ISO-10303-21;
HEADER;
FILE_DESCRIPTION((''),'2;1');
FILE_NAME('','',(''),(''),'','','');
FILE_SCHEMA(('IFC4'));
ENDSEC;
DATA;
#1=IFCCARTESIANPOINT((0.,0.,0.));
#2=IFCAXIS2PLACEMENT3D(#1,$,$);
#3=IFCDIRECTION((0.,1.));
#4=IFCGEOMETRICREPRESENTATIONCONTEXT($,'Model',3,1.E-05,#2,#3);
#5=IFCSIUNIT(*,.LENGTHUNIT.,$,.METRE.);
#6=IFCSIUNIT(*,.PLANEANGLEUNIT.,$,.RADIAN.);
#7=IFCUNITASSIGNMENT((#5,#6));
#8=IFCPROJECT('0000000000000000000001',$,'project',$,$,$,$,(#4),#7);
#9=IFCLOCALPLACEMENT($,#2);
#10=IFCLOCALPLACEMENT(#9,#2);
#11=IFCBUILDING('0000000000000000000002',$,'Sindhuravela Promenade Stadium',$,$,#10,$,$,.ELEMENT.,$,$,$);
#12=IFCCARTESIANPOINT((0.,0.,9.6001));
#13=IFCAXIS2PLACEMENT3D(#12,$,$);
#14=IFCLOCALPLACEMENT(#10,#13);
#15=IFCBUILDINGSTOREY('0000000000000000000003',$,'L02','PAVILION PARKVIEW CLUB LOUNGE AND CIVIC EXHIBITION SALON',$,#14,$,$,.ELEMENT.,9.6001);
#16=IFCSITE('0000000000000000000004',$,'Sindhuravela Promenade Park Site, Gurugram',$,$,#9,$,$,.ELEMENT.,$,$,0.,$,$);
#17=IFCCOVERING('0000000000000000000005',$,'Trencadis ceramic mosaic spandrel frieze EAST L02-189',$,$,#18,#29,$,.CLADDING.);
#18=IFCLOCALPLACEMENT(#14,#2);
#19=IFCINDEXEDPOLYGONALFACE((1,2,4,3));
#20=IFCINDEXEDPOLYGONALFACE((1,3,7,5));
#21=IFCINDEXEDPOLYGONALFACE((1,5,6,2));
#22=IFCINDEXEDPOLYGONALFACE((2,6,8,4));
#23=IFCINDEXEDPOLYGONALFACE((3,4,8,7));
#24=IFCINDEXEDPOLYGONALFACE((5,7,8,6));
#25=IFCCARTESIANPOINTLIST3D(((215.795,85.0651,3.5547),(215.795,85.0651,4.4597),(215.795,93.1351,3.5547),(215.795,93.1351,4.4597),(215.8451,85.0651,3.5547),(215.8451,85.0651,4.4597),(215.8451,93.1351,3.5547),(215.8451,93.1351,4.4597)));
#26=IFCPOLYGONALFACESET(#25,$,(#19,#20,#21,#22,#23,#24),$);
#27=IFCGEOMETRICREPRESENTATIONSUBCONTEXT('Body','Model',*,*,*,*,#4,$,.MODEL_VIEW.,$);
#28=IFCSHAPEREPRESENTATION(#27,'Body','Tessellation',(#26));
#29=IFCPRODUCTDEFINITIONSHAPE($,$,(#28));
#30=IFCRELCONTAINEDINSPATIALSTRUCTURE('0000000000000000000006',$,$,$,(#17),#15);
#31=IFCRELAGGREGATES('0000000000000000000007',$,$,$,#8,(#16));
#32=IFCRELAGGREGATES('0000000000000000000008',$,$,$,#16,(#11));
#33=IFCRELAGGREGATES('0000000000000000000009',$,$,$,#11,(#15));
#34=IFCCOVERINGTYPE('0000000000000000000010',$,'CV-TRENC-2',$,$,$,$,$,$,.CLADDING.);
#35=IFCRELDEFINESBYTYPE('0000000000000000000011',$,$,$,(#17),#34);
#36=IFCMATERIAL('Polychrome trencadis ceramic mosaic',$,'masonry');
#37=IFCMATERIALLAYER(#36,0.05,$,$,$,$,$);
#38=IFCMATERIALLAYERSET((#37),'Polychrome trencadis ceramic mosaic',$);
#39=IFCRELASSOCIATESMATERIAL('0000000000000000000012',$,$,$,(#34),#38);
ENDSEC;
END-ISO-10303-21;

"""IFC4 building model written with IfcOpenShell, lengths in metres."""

from ifc_helpers import new_model, si_unit, direction, frame, origin, origin_2d, place, context, subcontext, project, spatial, rectangle, extrude, material, layer, layer_set, type_object, element, save


model = new_model("IFC4")

# Units and contexts
model_context = context("Model", 3, precision=1e-05, world=origin(), true_north=direction((0.0, 1.0)))
body_context = subcontext(model_context, "Body", "Model", "MODEL_VIEW")
ifc_project = project(units=[si_unit("LENGTHUNIT", "METRE"), si_unit("PLANEANGLEUNIT", "RADIAN")], contexts=[model_context])

# Site, building, storey
site_placement = place(None, origin())
site = spatial("IfcSite", under=ifc_project, at=site_placement, Name="Sindhuravela Promenade Park Site, Gurugram", CompositionType="ELEMENT", RefElevation=0.0)
building_placement = place(site_placement, origin())
building = spatial("IfcBuilding", under=site, at=building_placement, Name="Sindhuravela Promenade Stadium", CompositionType="ELEMENT")
storey_placement = place(building_placement, frame((0.0, 0.0, 9.6001)))
storey = spatial("IfcBuildingStorey", under=building, at=storey_placement, Name="L02", Description="PAVILION PARKVIEW CLUB LOUNGE AND CIVIC EXHIBITION SALON", CompositionType="ELEMENT", Elevation=9.6001)

# Covering
ifc_material_1 = material(Name="Polychrome trencadis ceramic mosaic", Category="masonry")
ifc_layer_1 = layer(ifc_material_1, 0.05)
ifc_layer_set_1 = layer_set([ifc_layer_1], Name="Polychrome trencadis ceramic mosaic")
covering_type = type_object("IfcCoveringType", Name="CV-TRENC-2", PredefinedType="CLADDING", material=ifc_layer_set_1)
covering_placement = place(storey_placement, frame((215.8201, 89.1001, 3.5547), z_axis=(0.0, 0.0, 1.0), x_axis=(0.0, -1.0, 0.0)))
element("IfcCovering", 1, at=covering_placement, inside=storey, type_object=covering_type, Name="Trencadis ceramic mosaic spandrel frieze EAST L02-189", PredefinedType="CLADDING", context=body_context, shape_type="SweptSolid", body=[
    extrude(rectangle(XDim=8.0701, YDim=0.05, at=origin_2d()), origin(), (0.0, 0.0, 1.0), 0.905),
])

save(model, "model.ifc")
